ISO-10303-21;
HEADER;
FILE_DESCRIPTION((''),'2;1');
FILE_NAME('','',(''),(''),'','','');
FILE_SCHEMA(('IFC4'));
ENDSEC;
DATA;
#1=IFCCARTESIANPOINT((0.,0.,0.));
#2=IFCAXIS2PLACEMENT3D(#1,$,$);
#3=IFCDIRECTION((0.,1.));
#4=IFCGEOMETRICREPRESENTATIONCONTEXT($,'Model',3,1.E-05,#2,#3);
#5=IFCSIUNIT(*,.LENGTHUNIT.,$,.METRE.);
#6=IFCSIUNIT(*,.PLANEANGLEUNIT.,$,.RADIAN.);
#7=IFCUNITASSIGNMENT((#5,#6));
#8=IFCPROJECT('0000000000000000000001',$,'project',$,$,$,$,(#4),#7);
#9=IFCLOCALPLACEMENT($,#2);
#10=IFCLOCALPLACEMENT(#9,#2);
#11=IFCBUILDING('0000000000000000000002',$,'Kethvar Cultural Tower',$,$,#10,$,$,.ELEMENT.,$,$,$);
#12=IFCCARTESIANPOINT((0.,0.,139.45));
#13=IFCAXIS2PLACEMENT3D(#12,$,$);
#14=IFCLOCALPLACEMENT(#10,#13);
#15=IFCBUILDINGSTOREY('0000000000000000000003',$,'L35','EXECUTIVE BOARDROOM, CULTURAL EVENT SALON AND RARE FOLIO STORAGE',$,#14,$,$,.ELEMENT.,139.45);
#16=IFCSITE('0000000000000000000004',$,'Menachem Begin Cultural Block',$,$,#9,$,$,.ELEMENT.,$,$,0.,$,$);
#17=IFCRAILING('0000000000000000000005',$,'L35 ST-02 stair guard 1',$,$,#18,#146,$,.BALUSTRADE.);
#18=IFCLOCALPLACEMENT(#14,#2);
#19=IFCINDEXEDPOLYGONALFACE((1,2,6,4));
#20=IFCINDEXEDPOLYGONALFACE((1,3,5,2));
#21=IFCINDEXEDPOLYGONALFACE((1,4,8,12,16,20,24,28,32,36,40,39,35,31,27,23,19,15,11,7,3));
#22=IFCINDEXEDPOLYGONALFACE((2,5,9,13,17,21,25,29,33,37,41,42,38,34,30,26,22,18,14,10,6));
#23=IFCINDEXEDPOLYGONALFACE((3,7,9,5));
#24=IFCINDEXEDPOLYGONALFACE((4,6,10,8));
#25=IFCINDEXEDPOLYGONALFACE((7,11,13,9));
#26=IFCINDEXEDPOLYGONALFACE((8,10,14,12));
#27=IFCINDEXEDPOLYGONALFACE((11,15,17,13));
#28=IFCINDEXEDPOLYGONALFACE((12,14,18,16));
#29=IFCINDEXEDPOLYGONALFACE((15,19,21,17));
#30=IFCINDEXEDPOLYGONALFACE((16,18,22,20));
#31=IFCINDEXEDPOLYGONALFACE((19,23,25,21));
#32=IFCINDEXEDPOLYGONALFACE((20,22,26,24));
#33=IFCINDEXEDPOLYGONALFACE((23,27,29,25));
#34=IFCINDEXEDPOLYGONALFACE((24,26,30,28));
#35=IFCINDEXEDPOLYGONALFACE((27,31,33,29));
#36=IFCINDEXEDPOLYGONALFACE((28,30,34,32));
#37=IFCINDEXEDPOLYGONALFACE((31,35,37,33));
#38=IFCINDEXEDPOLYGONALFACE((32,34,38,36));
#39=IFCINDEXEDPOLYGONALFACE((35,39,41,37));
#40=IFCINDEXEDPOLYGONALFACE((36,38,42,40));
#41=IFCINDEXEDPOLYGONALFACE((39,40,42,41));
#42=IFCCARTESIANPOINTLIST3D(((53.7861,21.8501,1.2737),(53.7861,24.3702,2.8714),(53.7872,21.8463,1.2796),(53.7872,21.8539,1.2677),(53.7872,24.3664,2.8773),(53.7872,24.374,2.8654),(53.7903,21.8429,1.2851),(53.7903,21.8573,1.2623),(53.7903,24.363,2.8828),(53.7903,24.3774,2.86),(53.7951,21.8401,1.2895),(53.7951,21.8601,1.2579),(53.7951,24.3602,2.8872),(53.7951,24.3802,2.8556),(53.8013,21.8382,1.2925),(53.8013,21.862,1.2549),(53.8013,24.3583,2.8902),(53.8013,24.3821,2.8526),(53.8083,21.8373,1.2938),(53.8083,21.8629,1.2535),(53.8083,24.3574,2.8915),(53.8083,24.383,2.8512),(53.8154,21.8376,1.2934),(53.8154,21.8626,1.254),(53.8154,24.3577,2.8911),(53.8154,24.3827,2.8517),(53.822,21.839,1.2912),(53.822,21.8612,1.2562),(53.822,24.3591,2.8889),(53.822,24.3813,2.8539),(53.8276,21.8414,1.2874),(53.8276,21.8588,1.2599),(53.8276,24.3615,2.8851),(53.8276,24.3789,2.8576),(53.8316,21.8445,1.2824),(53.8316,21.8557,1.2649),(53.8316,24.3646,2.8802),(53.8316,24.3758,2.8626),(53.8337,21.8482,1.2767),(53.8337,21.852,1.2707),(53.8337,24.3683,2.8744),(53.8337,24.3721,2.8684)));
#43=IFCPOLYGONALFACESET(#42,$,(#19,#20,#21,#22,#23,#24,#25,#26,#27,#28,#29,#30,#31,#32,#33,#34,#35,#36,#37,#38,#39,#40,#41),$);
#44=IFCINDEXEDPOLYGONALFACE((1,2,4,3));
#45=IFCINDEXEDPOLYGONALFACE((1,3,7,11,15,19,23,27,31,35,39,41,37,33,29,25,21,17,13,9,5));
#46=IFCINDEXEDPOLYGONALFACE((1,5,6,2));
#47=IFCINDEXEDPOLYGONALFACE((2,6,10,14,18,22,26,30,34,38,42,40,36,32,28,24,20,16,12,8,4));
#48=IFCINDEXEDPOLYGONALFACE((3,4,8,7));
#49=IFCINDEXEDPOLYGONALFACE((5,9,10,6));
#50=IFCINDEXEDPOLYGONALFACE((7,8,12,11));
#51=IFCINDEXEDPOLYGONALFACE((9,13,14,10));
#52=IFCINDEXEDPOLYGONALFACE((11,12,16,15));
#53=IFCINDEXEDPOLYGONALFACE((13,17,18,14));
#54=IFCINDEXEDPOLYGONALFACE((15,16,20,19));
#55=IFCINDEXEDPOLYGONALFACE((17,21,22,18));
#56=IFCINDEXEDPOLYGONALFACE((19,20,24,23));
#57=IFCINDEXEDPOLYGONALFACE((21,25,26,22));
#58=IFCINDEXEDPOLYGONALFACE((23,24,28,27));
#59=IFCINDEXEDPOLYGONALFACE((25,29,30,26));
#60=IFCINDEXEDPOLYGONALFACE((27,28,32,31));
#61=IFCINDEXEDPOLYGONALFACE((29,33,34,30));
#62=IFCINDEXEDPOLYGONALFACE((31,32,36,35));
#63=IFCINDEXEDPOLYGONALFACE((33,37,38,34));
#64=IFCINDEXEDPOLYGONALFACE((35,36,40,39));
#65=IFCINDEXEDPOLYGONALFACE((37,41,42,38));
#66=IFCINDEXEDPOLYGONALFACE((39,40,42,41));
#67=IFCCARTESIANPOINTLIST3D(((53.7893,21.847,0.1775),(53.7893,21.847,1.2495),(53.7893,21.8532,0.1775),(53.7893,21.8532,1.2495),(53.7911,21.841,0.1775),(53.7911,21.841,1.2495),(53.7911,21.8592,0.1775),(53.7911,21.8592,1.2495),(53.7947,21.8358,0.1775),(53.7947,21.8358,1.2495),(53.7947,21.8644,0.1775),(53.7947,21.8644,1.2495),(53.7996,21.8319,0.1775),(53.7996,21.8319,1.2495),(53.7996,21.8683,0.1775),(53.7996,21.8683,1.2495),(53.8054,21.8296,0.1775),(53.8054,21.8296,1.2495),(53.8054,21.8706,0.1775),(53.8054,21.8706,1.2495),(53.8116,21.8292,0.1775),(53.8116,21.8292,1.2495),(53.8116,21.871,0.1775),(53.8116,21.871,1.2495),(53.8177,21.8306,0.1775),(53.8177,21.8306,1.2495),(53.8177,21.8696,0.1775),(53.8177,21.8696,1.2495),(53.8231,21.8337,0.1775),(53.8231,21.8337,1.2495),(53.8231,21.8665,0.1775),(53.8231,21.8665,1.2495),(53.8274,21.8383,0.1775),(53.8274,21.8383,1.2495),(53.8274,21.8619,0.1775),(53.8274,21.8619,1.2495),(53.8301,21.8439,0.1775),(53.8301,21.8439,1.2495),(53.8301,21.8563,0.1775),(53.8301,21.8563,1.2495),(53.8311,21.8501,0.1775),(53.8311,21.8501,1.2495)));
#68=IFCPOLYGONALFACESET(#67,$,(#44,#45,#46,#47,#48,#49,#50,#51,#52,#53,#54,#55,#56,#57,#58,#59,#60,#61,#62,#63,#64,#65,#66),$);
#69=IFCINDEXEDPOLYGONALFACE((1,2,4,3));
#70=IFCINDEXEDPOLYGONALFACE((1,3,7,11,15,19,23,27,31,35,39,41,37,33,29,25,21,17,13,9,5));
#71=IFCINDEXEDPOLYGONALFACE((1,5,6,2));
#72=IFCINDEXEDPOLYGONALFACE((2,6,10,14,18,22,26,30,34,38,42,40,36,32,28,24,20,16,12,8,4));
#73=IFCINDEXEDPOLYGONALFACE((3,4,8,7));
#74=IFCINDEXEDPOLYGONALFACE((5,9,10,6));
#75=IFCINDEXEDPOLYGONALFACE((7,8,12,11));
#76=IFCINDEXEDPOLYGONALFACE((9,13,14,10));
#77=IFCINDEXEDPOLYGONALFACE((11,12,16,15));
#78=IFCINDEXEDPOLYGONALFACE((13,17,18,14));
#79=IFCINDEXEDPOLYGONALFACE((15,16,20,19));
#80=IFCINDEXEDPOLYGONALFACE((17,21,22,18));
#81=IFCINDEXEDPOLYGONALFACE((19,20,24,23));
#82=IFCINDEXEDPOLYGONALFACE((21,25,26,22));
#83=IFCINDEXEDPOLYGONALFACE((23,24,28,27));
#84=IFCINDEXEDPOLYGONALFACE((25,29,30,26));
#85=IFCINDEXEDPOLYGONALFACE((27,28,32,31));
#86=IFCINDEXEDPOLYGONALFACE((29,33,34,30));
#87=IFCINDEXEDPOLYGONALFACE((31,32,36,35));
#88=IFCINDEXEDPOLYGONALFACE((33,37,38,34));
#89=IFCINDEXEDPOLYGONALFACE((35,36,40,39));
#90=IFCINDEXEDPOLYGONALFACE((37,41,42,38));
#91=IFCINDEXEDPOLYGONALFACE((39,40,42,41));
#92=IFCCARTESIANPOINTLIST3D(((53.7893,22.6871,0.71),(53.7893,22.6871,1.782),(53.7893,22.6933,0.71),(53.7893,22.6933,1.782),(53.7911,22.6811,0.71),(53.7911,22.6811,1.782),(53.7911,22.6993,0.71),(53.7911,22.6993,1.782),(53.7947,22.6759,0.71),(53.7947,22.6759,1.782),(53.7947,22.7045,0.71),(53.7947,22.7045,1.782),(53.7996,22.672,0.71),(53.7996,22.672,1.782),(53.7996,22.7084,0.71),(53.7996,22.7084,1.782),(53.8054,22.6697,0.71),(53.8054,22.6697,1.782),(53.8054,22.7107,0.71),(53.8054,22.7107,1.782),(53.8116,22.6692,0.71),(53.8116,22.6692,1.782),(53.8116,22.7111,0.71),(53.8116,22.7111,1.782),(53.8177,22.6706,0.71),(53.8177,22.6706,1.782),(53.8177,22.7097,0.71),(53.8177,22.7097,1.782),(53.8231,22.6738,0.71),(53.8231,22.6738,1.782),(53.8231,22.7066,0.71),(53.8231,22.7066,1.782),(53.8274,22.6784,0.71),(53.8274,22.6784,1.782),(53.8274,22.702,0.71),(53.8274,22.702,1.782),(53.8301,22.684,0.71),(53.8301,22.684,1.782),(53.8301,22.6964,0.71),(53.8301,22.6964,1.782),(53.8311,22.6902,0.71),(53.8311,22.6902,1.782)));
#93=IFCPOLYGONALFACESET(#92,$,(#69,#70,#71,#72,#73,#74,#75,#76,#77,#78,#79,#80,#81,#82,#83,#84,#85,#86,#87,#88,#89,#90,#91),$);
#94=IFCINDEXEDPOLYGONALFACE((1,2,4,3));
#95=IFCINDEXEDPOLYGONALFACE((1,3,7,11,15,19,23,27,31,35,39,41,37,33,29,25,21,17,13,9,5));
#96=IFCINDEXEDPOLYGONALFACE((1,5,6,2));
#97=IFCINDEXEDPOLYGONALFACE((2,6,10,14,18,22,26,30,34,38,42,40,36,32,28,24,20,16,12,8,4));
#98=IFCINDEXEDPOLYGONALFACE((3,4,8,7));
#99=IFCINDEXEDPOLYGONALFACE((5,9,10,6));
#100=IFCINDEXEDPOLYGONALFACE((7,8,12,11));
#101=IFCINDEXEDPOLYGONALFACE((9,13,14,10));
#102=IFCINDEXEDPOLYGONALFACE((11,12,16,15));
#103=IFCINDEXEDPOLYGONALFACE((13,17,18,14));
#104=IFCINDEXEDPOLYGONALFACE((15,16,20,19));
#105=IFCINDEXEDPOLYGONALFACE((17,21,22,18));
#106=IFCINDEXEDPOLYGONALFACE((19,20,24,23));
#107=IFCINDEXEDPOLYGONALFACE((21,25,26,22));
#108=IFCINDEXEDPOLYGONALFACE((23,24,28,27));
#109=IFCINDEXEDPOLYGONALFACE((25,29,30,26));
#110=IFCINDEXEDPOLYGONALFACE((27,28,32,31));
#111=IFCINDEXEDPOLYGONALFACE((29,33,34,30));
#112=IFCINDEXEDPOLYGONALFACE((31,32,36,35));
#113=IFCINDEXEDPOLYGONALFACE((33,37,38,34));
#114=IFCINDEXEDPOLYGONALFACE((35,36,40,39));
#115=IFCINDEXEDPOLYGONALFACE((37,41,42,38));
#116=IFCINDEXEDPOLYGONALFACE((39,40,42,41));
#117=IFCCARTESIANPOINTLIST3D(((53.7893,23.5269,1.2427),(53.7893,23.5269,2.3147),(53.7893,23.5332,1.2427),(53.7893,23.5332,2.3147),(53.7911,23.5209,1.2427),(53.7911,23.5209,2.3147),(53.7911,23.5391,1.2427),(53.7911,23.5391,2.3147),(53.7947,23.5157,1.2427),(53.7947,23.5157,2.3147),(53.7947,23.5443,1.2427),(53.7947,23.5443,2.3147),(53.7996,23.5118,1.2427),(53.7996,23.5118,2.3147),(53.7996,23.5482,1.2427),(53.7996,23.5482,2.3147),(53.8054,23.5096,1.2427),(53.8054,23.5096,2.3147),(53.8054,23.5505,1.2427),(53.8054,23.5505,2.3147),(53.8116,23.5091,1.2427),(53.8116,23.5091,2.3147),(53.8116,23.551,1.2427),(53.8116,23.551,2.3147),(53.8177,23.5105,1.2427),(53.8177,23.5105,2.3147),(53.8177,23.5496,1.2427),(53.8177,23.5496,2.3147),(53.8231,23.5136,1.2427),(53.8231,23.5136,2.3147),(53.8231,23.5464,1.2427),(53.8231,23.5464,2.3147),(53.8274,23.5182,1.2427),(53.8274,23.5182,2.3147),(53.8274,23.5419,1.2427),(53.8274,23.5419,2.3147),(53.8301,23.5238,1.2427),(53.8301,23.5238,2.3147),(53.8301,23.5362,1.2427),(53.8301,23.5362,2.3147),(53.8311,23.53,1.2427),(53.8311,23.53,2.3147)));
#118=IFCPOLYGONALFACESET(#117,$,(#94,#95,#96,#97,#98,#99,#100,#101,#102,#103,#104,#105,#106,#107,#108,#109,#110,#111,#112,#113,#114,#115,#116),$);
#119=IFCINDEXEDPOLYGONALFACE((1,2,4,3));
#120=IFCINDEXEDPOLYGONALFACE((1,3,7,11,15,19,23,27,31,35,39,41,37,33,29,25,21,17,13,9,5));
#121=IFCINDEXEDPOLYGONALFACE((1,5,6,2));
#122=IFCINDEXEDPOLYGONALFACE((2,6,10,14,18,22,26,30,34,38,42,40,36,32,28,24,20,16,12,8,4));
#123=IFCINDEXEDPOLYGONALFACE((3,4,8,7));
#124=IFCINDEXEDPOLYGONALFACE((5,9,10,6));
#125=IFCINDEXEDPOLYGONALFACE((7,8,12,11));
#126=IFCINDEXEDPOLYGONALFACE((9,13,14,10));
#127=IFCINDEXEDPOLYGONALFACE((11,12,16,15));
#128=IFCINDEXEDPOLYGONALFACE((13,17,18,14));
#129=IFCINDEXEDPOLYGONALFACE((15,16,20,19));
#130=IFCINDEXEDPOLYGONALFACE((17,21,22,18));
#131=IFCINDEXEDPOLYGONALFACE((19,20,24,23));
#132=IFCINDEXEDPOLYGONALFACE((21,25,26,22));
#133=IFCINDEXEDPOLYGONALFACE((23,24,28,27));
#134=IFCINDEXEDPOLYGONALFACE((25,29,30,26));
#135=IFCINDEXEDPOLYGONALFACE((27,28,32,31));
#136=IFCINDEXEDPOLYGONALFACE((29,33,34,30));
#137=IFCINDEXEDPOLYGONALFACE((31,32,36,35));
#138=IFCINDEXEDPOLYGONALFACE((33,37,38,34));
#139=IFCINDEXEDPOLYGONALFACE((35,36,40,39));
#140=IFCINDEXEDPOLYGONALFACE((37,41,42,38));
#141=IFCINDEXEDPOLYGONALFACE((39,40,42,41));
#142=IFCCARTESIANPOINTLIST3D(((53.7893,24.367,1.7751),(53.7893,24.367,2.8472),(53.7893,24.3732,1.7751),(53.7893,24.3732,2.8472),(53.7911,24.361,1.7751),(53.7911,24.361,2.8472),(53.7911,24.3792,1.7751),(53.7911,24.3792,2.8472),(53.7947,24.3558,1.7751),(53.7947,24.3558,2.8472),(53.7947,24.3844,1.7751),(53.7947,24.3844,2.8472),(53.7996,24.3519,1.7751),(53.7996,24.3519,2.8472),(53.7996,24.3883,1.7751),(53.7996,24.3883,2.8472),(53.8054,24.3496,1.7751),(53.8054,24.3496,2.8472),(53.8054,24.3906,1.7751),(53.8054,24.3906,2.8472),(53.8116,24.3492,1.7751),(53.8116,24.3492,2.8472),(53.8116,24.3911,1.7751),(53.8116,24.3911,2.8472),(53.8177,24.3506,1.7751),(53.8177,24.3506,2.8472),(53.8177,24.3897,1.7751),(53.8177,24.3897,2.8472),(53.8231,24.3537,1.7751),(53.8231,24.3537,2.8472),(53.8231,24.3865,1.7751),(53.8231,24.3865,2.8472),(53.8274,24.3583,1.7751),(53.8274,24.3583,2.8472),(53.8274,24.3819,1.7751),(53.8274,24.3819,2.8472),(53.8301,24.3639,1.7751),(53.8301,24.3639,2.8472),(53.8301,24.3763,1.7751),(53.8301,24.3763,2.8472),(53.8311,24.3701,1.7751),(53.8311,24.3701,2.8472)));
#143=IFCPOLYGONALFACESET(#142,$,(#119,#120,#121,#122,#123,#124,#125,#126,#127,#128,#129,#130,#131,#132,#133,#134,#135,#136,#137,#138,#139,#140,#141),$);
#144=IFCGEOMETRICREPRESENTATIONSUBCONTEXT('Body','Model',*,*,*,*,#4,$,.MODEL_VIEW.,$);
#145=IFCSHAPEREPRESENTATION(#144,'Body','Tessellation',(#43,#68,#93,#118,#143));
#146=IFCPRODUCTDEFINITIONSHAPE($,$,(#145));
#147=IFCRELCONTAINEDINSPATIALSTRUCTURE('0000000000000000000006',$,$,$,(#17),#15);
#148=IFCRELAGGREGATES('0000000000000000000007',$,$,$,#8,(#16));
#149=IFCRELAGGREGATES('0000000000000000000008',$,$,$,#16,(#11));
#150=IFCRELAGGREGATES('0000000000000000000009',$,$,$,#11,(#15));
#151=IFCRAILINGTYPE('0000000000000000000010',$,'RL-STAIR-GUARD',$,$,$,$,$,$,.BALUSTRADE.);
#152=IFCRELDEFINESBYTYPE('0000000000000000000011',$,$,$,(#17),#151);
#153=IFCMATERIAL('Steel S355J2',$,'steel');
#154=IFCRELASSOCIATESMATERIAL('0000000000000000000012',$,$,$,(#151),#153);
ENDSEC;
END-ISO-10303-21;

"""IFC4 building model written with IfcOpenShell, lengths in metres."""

from ifc_helpers import new_model, si_unit, direction, frame, origin, origin_2d, place, context, subcontext, project, spatial, circle, extrude, material, type_object, element, save


model = new_model("IFC4")

# Units and contexts
model_context = context("Model", 3, precision=1e-05, world=origin(), true_north=direction((0.0, 1.0)))
body_context = subcontext(model_context, "Body", "Model", "MODEL_VIEW")
ifc_project = project(units=[si_unit("LENGTHUNIT", "METRE"), si_unit("PLANEANGLEUNIT", "RADIAN")], contexts=[model_context])

# Site, building, storey
site_placement = place(None, origin())
site = spatial("IfcSite", under=ifc_project, at=site_placement, Name="Menachem Begin Cultural Block", CompositionType="ELEMENT", RefElevation=0.0)
building_placement = place(site_placement, origin())
building = spatial("IfcBuilding", under=site, at=building_placement, Name="Kethvar Cultural Tower", CompositionType="ELEMENT")
storey_placement = place(building_placement, frame((0.0, 0.0, 139.45)))
storey = spatial("IfcBuildingStorey", under=building, at=storey_placement, Name="L35", Description="EXECUTIVE BOARDROOM, CULTURAL EVENT SALON AND RARE FOLIO STORAGE", CompositionType="ELEMENT", Elevation=139.45)

# Shared definitions
ifc_material_1 = material(Name="Steel S355J2", Category="steel")

# Railing
railing_type_1 = type_object("IfcRailingType", Name="RL-STAIR-GUARD", PredefinedType="BALUSTRADE", material=ifc_material_1)
railing_1_placement = place(storey_placement, frame((53.8101, 21.8501, 0.1775)))
element("IfcRailing", 1, at=railing_1_placement, inside=storey, type_object=railing_type_1, Name="L35 ST-02 stair guard 1", PredefinedType="BALUSTRADE", context=body_context, shape_type="SweptSolid", body=[
    extrude(circle(Radius=0.0239, at=origin_2d()), frame((0.0, 0.0, 1.0962), z_axis=(0.0, 0.84457, 0.535445), x_axis=(-1.0, 0.0, 0.0)), (0.0, 0.0, 1.0), 2.9839),
    extrude(circle(Radius=0.021, at=origin_2d()), origin(), (0.0, 0.0, 1.0), 1.072),
    extrude(circle(Radius=0.021, at=origin_2d()), frame((0.0, 0.8401, 0.5325)), (0.0, 0.0, 1.0), 1.072),
    extrude(circle(Radius=0.021, at=origin_2d()), frame((0.0, 1.6799, 1.0652)), (0.0, 0.0, 1.0), 1.072),
    extrude(circle(Radius=0.021, at=origin_2d()), frame((0.0, 2.52, 1.5977)), (0.0, 0.0, 1.0), 1.072),
])

save(model, "model.ifc")
